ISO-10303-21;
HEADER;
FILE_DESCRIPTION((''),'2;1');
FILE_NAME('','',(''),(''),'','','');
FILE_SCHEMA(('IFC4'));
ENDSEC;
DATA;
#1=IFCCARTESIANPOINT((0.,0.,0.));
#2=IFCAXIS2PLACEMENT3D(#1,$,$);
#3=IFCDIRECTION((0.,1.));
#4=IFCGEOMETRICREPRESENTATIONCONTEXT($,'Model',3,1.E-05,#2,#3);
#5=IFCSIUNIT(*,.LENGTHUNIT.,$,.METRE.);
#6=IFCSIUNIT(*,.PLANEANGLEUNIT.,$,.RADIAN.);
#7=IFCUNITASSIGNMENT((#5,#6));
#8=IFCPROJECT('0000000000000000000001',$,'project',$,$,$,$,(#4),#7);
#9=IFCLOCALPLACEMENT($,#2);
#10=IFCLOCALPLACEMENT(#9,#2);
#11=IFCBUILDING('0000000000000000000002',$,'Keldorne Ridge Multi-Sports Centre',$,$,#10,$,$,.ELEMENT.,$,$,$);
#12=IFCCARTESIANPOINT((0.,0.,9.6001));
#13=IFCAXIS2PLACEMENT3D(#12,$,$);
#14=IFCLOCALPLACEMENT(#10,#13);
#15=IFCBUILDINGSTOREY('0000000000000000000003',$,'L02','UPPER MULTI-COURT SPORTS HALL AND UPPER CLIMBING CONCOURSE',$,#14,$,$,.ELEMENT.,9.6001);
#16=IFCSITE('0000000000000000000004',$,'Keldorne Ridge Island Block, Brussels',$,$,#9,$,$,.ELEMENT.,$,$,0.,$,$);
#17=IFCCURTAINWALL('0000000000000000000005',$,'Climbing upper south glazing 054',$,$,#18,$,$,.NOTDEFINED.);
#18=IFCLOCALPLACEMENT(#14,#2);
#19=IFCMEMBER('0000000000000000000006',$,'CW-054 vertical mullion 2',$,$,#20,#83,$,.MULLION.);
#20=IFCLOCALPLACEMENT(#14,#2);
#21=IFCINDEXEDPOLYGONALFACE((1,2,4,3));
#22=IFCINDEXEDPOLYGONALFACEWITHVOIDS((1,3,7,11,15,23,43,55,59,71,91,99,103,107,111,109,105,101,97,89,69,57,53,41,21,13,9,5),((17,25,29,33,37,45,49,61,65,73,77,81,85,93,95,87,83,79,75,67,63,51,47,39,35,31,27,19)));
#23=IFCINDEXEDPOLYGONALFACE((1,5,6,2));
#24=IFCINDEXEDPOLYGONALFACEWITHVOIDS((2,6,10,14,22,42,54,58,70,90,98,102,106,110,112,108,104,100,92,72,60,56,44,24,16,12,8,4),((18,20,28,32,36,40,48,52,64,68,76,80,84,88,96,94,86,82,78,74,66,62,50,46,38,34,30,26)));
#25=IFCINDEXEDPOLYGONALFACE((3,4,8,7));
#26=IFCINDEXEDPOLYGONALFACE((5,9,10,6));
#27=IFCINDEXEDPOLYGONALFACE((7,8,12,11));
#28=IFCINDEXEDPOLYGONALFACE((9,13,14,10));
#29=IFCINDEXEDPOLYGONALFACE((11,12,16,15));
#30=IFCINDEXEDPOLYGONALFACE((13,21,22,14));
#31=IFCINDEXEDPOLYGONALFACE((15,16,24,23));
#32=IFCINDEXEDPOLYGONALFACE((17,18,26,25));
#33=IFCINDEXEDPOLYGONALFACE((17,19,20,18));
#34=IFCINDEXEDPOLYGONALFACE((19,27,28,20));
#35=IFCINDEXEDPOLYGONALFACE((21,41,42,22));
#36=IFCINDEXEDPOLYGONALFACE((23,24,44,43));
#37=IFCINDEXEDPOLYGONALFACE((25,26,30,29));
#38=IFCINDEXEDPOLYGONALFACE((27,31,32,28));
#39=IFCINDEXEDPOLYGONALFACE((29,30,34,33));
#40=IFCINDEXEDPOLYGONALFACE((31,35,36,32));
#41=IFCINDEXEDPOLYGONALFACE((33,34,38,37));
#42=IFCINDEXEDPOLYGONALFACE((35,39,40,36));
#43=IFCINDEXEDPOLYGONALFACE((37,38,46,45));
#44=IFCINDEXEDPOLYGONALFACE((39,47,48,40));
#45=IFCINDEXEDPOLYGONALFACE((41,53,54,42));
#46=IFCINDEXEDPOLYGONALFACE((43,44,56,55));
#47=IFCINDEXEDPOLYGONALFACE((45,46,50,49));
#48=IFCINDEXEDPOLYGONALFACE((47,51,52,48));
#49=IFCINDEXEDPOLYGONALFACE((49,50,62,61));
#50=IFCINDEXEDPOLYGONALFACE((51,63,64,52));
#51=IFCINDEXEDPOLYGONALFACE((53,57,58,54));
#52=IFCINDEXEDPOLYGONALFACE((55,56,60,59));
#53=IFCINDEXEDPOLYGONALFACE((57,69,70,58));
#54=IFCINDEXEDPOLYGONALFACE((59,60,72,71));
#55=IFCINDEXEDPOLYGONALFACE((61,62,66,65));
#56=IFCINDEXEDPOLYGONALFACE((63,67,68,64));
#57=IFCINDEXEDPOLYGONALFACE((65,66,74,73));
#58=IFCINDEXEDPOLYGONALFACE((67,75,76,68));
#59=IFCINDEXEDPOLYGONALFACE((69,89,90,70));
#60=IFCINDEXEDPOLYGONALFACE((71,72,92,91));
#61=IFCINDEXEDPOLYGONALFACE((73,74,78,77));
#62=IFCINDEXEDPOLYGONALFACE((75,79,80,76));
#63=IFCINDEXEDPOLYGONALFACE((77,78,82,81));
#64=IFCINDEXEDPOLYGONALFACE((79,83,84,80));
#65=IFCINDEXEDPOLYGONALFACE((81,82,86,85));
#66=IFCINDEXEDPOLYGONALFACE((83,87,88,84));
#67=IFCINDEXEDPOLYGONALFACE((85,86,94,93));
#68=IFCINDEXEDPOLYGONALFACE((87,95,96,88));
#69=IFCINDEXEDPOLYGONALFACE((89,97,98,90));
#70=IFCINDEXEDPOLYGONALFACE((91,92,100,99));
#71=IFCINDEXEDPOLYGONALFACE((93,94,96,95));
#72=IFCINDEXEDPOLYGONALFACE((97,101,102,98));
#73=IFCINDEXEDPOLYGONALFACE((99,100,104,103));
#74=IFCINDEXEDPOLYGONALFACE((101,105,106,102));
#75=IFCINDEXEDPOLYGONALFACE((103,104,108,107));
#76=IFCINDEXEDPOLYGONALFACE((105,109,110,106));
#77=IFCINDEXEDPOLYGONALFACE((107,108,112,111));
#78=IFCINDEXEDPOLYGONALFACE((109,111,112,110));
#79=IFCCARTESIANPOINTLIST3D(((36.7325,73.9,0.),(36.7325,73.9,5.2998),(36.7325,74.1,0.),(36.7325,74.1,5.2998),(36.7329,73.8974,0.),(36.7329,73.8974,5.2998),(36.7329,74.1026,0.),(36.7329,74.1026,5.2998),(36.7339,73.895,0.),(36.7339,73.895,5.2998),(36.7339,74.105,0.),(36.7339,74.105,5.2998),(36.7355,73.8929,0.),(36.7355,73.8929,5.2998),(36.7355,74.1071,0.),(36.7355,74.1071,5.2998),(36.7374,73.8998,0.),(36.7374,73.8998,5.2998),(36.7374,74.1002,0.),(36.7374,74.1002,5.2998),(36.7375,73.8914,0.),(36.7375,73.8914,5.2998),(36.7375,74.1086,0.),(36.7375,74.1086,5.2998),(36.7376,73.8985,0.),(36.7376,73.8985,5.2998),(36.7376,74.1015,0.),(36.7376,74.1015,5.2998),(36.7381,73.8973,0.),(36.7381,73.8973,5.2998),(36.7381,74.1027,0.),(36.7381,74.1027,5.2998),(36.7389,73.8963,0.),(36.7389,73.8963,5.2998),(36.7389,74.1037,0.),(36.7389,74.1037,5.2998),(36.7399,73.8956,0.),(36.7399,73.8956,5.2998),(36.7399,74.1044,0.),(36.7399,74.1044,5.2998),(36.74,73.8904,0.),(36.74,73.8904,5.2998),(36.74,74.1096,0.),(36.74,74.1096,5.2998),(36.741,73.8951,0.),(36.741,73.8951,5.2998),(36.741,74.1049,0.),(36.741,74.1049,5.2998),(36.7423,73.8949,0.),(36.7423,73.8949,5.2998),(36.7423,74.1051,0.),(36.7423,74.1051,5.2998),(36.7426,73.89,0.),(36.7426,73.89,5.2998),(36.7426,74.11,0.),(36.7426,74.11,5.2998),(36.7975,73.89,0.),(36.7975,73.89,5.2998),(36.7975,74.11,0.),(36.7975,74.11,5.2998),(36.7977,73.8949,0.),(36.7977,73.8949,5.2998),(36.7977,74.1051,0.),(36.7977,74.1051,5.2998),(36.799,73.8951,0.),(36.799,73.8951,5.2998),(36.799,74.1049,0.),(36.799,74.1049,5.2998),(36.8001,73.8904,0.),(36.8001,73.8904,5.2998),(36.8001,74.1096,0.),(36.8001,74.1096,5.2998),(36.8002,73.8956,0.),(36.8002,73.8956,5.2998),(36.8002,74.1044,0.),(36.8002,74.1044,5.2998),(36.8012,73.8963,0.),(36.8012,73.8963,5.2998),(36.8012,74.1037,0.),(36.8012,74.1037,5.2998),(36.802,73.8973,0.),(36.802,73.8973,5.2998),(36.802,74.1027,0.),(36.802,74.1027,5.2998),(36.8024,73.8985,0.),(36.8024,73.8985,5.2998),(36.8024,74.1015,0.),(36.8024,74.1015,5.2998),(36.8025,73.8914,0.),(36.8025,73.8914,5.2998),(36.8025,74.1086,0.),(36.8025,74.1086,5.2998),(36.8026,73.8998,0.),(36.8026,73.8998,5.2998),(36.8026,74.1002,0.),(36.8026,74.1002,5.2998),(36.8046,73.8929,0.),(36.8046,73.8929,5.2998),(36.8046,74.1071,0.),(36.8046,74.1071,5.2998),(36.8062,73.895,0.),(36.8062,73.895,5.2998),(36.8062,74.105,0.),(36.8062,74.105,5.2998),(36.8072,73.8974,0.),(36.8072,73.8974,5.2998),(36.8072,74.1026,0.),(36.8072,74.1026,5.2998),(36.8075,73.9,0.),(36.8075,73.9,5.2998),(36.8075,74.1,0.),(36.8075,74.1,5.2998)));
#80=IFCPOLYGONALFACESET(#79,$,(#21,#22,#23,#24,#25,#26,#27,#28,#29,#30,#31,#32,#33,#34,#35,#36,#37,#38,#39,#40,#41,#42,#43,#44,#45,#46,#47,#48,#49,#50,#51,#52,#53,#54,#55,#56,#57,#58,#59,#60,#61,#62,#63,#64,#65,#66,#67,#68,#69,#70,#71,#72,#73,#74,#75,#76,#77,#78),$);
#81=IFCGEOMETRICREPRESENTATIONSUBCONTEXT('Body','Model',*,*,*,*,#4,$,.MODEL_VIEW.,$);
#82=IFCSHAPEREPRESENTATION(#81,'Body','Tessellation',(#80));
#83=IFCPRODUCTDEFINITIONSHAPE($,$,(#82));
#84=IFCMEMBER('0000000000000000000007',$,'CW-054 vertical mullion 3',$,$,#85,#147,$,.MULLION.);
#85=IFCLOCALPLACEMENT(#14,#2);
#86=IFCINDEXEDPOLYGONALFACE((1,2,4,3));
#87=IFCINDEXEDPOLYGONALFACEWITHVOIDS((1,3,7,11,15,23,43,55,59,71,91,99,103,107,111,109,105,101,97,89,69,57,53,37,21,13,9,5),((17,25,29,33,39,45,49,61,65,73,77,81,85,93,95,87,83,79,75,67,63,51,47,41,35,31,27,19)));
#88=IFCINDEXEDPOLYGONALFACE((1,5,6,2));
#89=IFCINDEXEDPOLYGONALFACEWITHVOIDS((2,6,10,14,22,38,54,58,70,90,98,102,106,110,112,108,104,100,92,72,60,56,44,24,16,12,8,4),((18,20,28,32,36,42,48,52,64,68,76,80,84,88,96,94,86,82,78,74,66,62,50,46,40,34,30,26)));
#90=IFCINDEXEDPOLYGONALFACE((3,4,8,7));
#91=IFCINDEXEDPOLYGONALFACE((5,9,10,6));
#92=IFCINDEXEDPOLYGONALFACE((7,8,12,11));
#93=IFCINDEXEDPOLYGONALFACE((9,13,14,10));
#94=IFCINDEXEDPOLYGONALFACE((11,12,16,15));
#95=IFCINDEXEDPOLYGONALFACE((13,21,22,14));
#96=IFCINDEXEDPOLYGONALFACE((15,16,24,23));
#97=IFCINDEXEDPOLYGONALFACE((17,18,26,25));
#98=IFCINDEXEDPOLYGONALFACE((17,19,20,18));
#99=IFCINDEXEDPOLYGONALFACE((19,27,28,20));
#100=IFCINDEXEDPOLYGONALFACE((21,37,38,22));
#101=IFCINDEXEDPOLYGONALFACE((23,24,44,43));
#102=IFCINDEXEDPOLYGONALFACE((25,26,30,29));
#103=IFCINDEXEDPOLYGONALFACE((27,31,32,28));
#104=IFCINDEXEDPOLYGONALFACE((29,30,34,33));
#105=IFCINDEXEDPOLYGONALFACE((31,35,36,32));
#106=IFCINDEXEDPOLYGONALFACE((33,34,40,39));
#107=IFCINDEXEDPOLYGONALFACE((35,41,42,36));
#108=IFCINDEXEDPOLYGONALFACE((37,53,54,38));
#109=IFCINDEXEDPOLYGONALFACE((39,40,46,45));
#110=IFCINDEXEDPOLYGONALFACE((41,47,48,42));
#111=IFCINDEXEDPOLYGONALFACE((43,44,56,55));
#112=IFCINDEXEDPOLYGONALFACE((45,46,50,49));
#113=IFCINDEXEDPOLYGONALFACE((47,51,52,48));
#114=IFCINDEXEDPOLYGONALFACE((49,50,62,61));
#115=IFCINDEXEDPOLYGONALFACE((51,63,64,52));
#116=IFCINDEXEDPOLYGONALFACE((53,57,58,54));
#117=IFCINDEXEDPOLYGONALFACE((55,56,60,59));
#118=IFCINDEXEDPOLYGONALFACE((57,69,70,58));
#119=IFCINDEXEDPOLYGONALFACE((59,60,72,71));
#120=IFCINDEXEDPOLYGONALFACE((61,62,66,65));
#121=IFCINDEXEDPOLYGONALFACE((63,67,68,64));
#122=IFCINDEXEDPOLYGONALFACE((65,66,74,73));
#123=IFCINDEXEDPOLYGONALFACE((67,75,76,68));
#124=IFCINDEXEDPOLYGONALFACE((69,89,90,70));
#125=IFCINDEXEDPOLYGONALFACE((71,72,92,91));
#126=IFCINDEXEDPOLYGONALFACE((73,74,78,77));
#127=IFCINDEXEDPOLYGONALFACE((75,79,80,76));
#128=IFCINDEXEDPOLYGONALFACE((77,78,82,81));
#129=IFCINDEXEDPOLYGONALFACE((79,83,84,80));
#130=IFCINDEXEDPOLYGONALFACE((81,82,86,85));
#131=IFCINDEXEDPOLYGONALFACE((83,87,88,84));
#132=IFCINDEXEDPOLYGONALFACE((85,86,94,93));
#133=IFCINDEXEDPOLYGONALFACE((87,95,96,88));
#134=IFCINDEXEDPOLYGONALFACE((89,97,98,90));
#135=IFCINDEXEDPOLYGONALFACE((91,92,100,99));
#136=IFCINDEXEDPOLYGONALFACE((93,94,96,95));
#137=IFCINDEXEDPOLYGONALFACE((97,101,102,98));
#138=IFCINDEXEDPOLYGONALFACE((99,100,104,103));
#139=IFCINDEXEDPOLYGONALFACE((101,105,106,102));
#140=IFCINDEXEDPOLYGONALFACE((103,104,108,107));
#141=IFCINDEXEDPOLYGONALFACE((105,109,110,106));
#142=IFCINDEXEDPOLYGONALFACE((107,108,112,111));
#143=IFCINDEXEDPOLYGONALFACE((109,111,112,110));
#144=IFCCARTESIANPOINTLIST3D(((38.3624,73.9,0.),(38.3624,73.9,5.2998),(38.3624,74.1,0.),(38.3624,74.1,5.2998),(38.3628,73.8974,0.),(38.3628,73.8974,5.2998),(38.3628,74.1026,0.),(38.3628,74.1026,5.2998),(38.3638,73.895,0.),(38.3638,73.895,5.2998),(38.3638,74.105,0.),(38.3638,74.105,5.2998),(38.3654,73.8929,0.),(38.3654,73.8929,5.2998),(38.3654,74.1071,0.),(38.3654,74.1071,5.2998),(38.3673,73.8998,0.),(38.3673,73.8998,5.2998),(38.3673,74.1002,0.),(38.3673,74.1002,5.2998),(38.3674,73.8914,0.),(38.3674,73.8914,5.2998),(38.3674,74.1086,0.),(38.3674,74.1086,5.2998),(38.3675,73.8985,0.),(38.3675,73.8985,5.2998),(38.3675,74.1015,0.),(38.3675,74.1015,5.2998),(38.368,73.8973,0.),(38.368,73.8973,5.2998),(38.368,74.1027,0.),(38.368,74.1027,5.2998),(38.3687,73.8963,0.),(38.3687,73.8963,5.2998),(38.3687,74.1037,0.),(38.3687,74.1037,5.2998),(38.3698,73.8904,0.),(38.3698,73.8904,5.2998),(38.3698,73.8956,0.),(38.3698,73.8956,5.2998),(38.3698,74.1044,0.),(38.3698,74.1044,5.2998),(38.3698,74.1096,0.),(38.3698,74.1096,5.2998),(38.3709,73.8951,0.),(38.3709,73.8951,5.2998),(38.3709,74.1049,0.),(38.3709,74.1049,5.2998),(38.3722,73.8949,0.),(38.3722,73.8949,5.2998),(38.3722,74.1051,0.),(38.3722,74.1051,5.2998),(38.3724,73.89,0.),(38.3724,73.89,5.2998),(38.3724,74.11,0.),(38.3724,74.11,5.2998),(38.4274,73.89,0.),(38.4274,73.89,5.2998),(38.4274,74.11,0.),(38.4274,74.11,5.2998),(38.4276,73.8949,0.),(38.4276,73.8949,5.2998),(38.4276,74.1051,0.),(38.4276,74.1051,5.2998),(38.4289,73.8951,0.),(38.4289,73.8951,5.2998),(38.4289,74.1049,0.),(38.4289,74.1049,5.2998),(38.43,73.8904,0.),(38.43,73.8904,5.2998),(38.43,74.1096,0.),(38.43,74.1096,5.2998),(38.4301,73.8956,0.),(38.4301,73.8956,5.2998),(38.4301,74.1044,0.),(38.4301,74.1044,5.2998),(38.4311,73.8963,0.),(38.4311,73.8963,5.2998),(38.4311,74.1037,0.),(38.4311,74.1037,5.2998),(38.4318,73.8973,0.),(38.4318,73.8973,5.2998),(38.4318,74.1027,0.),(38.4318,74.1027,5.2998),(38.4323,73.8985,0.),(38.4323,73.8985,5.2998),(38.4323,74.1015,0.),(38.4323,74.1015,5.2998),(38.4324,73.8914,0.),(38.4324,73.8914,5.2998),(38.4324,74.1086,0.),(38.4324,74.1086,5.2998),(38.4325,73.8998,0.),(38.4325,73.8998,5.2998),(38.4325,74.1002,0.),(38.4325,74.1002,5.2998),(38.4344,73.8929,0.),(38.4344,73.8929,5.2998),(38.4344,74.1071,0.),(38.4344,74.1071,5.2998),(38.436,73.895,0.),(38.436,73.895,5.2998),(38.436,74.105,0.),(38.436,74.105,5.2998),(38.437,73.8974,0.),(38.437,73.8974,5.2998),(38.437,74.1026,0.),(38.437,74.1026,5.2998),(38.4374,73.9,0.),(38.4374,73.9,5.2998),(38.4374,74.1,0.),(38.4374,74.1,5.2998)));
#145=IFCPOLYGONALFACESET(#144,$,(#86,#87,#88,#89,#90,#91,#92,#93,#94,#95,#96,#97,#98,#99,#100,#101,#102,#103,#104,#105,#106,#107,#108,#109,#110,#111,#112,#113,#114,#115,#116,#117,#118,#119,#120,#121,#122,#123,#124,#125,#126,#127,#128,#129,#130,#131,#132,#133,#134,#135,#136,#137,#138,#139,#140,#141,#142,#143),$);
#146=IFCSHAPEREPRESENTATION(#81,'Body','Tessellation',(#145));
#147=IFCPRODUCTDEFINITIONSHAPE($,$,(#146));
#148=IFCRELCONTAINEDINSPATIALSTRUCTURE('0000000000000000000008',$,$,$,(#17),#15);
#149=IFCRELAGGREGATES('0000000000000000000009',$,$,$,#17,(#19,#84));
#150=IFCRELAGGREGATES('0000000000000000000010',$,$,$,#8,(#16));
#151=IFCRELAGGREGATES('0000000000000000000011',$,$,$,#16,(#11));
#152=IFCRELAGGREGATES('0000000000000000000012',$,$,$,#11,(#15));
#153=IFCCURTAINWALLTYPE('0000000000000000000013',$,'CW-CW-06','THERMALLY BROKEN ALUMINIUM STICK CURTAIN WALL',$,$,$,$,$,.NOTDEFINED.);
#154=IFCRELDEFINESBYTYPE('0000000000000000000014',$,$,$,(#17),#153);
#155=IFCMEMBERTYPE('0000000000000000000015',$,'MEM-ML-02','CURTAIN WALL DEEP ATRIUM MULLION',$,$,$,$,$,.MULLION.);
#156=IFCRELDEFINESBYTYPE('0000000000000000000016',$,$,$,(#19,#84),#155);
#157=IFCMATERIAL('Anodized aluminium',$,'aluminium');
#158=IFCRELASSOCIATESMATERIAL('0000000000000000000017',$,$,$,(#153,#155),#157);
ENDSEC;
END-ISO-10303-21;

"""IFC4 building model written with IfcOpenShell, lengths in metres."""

from ifc_helpers import new_model, si_unit, direction, frame, origin, origin_2d, place, context, subcontext, project, spatial, hollow_rectangle, extrude, material, material_profile, profile_set, type_object, element, aggregate, save


model = new_model("IFC4")

# Units and contexts
model_context = context("Model", 3, precision=1e-05, world=origin(), true_north=direction((0.0, 1.0)))
body_context = subcontext(model_context, "Body", "Model", "MODEL_VIEW")
ifc_project = project(units=[si_unit("LENGTHUNIT", "METRE"), si_unit("PLANEANGLEUNIT", "RADIAN")], contexts=[model_context])

# Site, building, storey
site_placement = place(None, origin())
site = spatial("IfcSite", under=ifc_project, at=site_placement, Name="Keldorne Ridge Island Block, Brussels", CompositionType="ELEMENT", RefElevation=0.0)
building_placement = place(site_placement, origin())
building = spatial("IfcBuilding", under=site, at=building_placement, Name="Keldorne Ridge Multi-Sports Centre", CompositionType="ELEMENT")
storey_placement = place(building_placement, frame((0.0, 0.0, 9.6001)))
storey = spatial("IfcBuildingStorey", under=building, at=storey_placement, Name="L02", Description="UPPER MULTI-COURT SPORTS HALL AND UPPER CLIMBING CONCOURSE", CompositionType="ELEMENT", Elevation=9.6001)

# Shared definitions
ifc_material_1 = material(Name="Anodized aluminium", Category="aluminium")

# Curtain wall, members
curtain_wall_type_1 = type_object("IfcCurtainWallType", Name="CW-CW-06", Description="THERMALLY BROKEN ALUMINIUM STICK CURTAIN WALL", PredefinedType="NOTDEFINED", material=ifc_material_1)
curtain_wall_1_placement = place(storey_placement, origin())
curtain_wall_1 = element("IfcCurtainWall", 1, at=curtain_wall_1_placement, inside=storey, type_object=curtain_wall_type_1, Name="Climbing upper south glazing 054", PredefinedType="NOTDEFINED")
ifc_material_profile_1 = material_profile(ifc_material_1, hollow_rectangle(XDim=0.075, YDim=0.22, WallThickness=0.0049, InnerFilletRadius=0.0049, OuterFilletRadius=0.01, at=origin_2d()), Name="ALU MULLION 220x75x5")
ifc_profile_set_1 = profile_set([ifc_material_profile_1], Name="Anodized aluminium")
member_type_1 = type_object("IfcMemberType", Name="MEM-ML-02", Description="CURTAIN WALL DEEP ATRIUM MULLION", PredefinedType="MULLION", material=ifc_profile_set_1)
member_1_placement = place(storey_placement, frame((36.77, 74.0, 0.0), z_axis=(0.0, 0.0, 1.0), x_axis=(1.0, 0.0, 0.0)))
member_1 = element("IfcMember", 2, at=member_1_placement, type_object=member_type_1, Name="CW-054 vertical mullion 2", PredefinedType="MULLION", context=body_context, shape_type="SweptSolid", body=[
    extrude(hollow_rectangle(XDim=0.075, YDim=0.22, WallThickness=0.0049, InnerFilletRadius=0.0049, OuterFilletRadius=0.01, at=origin_2d()), origin(), (0.0, 0.0, 1.0), 5.2998),
])
member_2_placement = place(storey_placement, frame((38.3999, 74.0, 0.0), z_axis=(0.0, 0.0, 1.0), x_axis=(1.0, 0.0, 0.0)))
member_2 = element("IfcMember", 3, at=member_2_placement, type_object=member_type_1, Name="CW-054 vertical mullion 3", PredefinedType="MULLION", context=body_context, shape_type="SweptSolid", body=[
    extrude(hollow_rectangle(XDim=0.075, YDim=0.22, WallThickness=0.0049, InnerFilletRadius=0.0049, OuterFilletRadius=0.01, at=origin_2d()), origin(), (0.0, 0.0, 1.0), 5.2998),
])

aggregate(curtain_wall_1, [member_1, member_2])

save(model, "model.ifc")
